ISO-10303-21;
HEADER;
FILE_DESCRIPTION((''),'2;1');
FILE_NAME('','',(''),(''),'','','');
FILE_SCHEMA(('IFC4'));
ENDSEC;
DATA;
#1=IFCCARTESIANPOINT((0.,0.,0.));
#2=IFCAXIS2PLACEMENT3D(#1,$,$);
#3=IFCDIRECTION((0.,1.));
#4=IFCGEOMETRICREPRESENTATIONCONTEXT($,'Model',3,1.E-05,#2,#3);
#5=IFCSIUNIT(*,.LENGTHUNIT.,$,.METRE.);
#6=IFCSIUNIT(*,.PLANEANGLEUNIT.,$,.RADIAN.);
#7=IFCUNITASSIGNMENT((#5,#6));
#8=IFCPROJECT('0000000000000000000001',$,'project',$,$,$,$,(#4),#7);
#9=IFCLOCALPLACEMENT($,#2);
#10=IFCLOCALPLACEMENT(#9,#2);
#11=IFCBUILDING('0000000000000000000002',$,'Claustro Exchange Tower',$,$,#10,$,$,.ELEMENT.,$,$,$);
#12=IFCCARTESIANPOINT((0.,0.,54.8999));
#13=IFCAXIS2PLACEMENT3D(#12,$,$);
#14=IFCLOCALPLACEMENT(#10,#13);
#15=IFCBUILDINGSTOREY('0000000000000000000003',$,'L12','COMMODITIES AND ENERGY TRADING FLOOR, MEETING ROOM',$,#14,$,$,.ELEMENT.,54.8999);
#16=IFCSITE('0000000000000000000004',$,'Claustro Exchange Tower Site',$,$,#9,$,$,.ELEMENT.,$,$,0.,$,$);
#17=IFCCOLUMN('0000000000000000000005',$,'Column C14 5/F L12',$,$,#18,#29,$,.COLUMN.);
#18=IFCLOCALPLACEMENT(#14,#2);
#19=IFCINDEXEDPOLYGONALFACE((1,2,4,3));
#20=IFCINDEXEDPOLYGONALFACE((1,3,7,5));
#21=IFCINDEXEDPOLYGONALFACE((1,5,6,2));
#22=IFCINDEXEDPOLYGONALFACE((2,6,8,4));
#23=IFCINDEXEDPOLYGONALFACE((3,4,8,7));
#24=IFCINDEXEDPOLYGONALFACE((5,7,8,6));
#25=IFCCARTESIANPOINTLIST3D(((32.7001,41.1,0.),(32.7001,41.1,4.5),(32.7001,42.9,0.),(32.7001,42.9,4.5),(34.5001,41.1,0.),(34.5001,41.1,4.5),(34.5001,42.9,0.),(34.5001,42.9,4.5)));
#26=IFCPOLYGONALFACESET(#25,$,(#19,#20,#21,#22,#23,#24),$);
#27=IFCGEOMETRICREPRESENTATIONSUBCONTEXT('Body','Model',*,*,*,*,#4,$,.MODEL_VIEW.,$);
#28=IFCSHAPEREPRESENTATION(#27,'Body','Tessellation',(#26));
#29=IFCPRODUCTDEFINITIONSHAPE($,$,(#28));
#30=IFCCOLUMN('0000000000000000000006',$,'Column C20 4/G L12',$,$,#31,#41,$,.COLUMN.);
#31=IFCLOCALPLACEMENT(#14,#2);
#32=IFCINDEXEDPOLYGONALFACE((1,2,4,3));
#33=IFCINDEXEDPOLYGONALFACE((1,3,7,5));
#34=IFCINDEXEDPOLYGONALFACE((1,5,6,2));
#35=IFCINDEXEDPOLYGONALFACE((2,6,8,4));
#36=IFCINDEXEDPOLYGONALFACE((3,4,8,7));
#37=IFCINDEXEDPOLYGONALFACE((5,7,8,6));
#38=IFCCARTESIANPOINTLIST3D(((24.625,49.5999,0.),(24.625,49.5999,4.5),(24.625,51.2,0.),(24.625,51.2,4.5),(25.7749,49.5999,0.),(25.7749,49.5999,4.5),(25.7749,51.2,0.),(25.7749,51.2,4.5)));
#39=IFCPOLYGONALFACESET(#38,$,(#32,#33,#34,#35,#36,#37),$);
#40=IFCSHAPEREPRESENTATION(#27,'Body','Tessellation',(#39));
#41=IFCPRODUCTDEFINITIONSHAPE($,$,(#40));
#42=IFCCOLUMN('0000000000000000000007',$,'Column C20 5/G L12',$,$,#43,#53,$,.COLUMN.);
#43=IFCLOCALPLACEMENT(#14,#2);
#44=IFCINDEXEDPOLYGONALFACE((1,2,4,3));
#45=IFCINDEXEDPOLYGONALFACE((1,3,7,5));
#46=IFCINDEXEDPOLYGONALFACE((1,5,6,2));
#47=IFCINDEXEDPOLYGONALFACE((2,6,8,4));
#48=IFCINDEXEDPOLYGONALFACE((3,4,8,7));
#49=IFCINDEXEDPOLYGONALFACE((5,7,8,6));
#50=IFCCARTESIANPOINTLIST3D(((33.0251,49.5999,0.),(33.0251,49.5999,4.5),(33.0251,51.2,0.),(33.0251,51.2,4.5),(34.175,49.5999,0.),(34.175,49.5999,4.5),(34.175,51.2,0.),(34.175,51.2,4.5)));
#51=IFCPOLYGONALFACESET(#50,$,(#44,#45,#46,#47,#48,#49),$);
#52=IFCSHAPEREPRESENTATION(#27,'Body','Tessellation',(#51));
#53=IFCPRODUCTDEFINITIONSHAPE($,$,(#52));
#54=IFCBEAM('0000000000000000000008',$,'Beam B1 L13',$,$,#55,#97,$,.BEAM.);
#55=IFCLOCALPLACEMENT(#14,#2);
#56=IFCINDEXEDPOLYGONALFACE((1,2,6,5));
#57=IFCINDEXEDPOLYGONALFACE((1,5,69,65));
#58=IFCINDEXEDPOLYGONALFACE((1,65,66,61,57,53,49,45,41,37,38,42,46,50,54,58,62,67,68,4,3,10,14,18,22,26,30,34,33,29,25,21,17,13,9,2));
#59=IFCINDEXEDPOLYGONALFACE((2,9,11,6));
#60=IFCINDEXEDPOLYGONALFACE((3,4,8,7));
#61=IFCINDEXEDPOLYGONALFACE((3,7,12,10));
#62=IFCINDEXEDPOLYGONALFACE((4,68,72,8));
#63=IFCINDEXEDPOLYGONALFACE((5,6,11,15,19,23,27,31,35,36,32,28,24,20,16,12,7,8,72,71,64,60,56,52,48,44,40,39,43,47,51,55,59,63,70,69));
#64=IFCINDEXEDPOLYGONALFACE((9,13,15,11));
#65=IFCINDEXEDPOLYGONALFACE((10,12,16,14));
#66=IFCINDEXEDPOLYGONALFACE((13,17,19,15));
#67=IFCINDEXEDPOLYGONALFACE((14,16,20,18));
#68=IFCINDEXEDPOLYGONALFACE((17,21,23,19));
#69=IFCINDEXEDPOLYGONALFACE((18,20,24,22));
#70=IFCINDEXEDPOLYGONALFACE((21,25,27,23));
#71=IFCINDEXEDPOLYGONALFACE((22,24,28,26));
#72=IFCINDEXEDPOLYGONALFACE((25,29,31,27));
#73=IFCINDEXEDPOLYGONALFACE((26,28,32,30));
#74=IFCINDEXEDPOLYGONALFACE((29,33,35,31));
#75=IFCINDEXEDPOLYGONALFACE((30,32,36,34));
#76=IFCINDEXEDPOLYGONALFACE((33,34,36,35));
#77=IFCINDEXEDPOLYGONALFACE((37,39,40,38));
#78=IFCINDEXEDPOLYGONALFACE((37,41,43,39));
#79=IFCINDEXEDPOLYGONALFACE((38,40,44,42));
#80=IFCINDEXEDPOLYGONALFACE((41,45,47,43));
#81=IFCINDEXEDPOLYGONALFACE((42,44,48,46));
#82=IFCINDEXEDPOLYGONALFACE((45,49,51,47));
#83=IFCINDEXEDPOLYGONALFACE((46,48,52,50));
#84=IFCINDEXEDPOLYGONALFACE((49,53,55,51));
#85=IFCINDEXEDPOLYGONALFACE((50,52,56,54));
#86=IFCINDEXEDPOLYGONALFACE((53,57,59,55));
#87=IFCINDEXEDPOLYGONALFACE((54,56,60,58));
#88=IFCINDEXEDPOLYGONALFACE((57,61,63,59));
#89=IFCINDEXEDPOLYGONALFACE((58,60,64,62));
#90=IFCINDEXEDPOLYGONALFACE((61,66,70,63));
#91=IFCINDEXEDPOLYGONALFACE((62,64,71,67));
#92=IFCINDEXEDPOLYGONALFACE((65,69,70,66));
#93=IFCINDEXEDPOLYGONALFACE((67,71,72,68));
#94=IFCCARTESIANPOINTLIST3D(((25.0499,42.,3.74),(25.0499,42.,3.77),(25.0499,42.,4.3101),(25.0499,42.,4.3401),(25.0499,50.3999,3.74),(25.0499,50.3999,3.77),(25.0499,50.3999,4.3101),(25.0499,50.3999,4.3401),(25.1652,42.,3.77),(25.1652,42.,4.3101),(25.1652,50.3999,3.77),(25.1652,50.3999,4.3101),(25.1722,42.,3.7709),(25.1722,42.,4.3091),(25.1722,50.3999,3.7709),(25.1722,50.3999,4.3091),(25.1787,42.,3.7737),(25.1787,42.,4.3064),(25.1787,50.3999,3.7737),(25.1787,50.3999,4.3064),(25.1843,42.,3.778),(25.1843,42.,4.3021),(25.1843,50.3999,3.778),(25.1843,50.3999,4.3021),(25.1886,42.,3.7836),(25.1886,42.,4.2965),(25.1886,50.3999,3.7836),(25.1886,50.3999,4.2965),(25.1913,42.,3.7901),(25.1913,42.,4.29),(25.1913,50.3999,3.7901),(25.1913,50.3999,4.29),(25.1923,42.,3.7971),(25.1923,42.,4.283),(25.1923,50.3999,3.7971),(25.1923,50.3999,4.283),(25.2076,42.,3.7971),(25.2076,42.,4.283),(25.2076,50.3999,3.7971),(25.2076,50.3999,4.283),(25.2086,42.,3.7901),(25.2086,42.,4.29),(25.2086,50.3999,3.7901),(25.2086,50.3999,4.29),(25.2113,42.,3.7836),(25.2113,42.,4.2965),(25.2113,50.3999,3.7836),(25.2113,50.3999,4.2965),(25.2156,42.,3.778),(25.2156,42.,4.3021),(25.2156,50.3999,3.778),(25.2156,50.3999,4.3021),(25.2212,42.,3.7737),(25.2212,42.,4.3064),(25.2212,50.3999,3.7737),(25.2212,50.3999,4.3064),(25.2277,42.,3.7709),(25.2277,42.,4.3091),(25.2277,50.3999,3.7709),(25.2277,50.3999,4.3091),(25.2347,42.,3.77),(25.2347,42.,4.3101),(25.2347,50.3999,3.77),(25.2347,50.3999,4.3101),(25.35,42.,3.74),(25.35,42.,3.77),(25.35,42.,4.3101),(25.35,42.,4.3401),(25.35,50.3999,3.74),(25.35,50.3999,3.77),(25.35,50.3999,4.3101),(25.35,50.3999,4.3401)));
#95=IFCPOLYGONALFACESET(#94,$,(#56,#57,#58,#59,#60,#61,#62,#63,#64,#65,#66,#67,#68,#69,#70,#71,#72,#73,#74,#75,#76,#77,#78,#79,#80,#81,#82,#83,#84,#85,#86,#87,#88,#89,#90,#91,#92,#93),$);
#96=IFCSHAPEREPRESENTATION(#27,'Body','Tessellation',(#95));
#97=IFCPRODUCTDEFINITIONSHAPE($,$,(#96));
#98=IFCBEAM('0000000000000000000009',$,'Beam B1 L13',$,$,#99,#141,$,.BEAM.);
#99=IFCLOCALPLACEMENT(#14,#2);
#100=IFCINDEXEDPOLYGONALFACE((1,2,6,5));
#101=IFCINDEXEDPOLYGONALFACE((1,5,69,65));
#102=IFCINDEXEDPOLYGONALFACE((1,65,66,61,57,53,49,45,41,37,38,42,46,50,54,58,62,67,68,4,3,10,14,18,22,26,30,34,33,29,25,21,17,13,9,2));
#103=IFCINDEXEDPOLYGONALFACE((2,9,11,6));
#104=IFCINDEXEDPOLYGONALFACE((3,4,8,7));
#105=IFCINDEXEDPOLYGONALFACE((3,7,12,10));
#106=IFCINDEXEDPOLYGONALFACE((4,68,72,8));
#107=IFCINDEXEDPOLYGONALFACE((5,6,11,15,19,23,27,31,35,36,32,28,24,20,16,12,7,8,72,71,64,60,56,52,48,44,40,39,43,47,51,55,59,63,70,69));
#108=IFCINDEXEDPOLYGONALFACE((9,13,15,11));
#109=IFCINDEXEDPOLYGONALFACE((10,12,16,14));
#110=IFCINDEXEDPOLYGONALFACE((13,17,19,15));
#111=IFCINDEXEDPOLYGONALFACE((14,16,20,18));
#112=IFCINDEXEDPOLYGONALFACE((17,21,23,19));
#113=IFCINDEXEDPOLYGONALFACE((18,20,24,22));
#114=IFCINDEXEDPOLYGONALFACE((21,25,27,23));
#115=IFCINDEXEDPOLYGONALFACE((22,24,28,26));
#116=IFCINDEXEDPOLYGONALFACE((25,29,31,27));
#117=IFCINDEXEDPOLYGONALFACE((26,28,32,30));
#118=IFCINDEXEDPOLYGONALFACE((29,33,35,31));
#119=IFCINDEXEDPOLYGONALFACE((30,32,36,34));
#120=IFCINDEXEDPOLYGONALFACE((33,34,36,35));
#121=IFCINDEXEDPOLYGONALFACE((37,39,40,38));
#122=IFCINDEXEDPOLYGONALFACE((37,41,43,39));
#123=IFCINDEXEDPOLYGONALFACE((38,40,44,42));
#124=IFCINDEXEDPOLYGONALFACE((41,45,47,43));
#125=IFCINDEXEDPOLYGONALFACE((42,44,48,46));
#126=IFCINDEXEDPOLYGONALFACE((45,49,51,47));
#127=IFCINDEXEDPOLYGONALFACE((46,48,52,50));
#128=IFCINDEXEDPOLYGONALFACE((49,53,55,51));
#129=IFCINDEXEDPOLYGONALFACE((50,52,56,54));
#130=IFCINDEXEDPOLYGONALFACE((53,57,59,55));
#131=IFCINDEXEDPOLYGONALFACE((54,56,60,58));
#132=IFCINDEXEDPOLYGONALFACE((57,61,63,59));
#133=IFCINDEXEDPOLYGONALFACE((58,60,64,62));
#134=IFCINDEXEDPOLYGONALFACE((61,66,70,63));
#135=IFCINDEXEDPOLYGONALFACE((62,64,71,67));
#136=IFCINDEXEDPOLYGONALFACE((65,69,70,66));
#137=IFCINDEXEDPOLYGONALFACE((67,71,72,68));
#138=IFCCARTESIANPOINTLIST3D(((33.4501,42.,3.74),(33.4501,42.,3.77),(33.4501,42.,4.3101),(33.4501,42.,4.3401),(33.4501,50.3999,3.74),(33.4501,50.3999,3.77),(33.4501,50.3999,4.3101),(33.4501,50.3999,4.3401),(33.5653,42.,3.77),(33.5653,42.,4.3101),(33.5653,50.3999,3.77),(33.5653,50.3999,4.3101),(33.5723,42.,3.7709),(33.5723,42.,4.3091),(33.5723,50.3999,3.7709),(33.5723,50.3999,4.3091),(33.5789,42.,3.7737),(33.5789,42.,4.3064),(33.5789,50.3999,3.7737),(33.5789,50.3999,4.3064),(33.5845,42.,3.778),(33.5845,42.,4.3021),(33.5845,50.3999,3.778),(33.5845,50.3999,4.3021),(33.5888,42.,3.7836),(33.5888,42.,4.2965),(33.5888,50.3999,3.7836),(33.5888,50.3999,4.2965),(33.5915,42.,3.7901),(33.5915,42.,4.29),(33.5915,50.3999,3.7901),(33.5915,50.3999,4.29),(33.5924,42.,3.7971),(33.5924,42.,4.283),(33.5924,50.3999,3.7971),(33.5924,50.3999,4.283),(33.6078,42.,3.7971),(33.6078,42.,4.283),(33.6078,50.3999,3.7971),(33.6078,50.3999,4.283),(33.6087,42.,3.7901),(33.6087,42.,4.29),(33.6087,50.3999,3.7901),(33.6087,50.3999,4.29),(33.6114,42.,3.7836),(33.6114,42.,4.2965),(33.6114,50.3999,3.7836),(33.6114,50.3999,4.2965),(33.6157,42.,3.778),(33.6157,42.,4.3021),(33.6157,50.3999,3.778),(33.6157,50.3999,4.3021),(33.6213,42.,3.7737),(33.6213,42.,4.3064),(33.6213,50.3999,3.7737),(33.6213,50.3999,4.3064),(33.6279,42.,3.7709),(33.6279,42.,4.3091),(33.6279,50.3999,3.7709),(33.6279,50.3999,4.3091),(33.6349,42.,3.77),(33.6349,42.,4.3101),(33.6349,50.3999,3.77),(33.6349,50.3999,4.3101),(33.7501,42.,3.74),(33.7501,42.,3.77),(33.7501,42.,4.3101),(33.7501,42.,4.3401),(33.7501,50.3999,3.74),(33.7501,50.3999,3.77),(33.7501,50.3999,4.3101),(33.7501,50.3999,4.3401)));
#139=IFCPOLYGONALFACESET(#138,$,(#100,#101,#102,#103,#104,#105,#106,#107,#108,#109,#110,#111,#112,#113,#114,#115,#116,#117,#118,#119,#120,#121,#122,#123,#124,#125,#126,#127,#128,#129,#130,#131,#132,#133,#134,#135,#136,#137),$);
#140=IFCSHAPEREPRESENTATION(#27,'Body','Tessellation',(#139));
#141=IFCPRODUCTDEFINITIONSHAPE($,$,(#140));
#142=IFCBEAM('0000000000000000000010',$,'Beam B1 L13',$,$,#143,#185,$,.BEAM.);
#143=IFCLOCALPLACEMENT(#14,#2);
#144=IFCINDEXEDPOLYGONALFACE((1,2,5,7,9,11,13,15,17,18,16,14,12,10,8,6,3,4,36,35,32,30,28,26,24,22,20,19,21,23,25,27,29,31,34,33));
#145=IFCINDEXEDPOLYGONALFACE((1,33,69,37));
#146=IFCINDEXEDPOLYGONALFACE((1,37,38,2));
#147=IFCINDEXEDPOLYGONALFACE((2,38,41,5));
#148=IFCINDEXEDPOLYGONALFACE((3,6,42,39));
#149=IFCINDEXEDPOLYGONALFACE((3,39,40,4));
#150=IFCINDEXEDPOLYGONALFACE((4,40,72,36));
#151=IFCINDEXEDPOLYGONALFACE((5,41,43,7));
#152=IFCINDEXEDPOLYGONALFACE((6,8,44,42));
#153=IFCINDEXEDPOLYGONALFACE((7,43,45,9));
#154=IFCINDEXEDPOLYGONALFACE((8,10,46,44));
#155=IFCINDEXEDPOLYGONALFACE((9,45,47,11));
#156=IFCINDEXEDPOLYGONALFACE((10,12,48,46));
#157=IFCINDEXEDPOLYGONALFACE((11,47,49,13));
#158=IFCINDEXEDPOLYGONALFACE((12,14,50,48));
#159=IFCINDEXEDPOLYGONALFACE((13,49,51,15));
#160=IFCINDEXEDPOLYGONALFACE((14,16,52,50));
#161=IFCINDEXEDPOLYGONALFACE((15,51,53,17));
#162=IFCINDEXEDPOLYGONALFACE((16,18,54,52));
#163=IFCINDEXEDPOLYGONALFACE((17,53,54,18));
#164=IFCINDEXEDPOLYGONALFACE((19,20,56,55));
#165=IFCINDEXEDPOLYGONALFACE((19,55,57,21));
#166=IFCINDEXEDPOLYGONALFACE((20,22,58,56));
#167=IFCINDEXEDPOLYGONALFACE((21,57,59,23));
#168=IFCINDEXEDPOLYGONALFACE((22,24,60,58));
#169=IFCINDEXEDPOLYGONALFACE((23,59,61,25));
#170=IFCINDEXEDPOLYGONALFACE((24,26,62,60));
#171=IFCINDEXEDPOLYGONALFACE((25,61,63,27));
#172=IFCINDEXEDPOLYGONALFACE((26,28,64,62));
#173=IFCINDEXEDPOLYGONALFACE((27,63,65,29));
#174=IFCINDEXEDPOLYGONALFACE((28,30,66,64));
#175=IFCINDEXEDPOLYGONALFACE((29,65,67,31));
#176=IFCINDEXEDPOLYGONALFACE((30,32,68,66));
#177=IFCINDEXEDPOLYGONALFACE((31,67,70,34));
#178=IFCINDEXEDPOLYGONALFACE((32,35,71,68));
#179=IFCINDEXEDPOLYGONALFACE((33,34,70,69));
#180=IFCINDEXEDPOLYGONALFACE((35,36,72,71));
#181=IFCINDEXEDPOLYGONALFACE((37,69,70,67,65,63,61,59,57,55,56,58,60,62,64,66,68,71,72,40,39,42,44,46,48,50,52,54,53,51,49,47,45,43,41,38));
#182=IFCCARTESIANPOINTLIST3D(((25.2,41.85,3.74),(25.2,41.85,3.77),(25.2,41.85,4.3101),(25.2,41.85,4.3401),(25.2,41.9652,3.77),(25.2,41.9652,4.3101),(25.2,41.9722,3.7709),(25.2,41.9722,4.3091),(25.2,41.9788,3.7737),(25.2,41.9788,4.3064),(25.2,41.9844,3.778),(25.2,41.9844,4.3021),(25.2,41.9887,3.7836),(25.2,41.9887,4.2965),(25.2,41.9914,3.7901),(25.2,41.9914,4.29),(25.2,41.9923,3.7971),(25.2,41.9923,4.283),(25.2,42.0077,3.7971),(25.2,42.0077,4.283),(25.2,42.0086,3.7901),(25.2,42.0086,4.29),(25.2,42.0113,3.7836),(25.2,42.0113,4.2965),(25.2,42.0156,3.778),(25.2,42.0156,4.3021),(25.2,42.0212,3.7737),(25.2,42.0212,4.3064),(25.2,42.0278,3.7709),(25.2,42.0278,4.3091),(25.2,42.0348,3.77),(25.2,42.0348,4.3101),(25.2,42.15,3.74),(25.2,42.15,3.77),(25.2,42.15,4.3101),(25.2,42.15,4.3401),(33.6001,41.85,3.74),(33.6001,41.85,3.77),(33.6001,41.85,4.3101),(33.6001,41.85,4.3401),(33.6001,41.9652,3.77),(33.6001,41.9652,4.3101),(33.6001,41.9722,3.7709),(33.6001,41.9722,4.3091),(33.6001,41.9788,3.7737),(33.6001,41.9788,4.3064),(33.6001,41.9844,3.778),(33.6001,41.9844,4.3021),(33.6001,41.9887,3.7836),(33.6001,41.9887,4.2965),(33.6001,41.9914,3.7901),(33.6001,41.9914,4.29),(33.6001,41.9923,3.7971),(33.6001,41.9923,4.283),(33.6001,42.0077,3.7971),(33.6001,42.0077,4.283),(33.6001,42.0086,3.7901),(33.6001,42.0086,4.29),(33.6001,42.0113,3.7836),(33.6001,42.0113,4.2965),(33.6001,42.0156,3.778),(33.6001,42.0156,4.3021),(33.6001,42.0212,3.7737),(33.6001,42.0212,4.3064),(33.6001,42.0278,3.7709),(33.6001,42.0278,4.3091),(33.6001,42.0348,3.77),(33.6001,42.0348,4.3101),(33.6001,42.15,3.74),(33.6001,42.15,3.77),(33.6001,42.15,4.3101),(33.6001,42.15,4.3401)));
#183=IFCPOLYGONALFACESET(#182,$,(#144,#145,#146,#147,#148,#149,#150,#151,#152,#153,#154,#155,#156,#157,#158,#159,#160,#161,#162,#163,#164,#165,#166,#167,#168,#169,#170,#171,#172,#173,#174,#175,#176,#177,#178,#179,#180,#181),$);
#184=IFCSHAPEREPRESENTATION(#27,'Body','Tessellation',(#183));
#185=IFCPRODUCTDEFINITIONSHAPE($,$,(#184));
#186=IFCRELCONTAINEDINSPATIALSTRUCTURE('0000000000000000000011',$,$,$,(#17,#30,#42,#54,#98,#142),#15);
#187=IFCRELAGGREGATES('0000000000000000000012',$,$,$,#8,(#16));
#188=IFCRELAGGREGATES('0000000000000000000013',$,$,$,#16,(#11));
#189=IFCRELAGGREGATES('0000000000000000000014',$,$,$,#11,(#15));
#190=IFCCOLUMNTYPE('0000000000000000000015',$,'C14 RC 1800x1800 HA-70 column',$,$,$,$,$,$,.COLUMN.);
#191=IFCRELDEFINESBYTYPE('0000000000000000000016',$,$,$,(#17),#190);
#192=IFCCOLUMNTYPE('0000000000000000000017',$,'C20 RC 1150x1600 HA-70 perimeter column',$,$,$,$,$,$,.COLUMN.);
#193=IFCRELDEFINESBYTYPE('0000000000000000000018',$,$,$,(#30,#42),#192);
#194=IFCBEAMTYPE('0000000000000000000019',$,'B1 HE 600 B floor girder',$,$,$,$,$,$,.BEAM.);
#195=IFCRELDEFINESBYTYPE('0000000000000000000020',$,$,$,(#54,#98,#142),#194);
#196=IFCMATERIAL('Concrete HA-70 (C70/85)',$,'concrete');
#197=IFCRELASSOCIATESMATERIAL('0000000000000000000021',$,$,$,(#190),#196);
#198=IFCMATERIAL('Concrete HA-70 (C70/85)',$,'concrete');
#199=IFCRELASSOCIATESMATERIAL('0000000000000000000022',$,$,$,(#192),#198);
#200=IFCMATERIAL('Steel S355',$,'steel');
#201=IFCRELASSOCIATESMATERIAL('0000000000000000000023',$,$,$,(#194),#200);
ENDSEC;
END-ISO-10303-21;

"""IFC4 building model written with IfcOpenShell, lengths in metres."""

from ifc_helpers import new_model, si_unit, direction, frame, origin, origin_2d, place, context, subcontext, project, spatial, rectangle, i_section, extrude, material, material_profile, profile_set, type_object, element, save


model = new_model("IFC4")

# Units and contexts
model_context = context("Model", 3, precision=1e-05, world=origin(), true_north=direction((0.0, 1.0)))
body_context = subcontext(model_context, "Body", "Model", "MODEL_VIEW")
ifc_project = project(units=[si_unit("LENGTHUNIT", "METRE"), si_unit("PLANEANGLEUNIT", "RADIAN")], contexts=[model_context])

# Site, building, storey
site_placement = place(None, origin())
site = spatial("IfcSite", under=ifc_project, at=site_placement, Name="Claustro Exchange Tower Site", CompositionType="ELEMENT", RefElevation=0.0)
building_placement = place(site_placement, origin())
building = spatial("IfcBuilding", under=site, at=building_placement, Name="Claustro Exchange Tower", CompositionType="ELEMENT")
storey_placement = place(building_placement, frame((0.0, 0.0, 54.8999)))
storey = spatial("IfcBuildingStorey", under=building, at=storey_placement, Name="L12", Description="COMMODITIES AND ENERGY TRADING FLOOR, MEETING ROOM", CompositionType="ELEMENT", Elevation=54.8999)

# Columns
ifc_material_1 = material(Name="Concrete HA-70 (C70/85)", Category="concrete")
ifc_material_profile_1 = material_profile(ifc_material_1, rectangle(XDim=1.8, YDim=1.8, at=origin_2d()), Name="RC 1800x1800")
ifc_profile_set_1 = profile_set([ifc_material_profile_1], Name="Concrete HA-70 (C70/85)")
column_type_1 = type_object("IfcColumnType", Name="C14 RC 1800x1800 HA-70 column", PredefinedType="COLUMN", material=ifc_profile_set_1)
column_placement = place(storey_placement, frame((33.6001, 42.0, 0.0), z_axis=(0.0, 0.0, 1.0), x_axis=(1.0, 0.0, 0.0)))
element("IfcColumn", 1, at=column_placement, inside=storey, type_object=column_type_1, Name="Column C14 5/F L12", PredefinedType="COLUMN", context=body_context, shape_type="SweptSolid", body=[
    extrude(rectangle(XDim=1.8, YDim=1.8, at=origin_2d()), origin(), (0.0, 0.0, 1.0), 4.5),
])
ifc_material_2 = material(Name="Concrete HA-70 (C70/85)", Category="concrete")
ifc_material_profile_2 = material_profile(ifc_material_2, rectangle(XDim=1.1499, YDim=1.6001, at=origin_2d()), Name="RC 1150x1600")
ifc_profile_set_2 = profile_set([ifc_material_profile_2], Name="Concrete HA-70 (C70/85)")
column_type_2 = type_object("IfcColumnType", Name="C20 RC 1150x1600 HA-70 perimeter column", PredefinedType="COLUMN", material=ifc_profile_set_2)
for number, where, z_axis, x_axis, name in (
    (2, (25.2, 50.3999, 0.0), (0.0, 0.0, 1.0), (1.0, 0.0, 0.0), "Column C20 4/G L12"),
    (3, (33.6001, 50.3999, 0.0), (0.0, 0.0, 1.0), (1.0, 0.0, 0.0), "Column C20 5/G L12"),
):
    element("IfcColumn", number, at=place(storey_placement, frame(where, z_axis=z_axis, x_axis=x_axis)), inside=storey, type_object=column_type_2, Name=name, PredefinedType="COLUMN", context=body_context, shape_type="SweptSolid", body=[
        extrude(rectangle(XDim=1.1499, YDim=1.6001, at=origin_2d()), origin(), (0.0, 0.0, 1.0), 4.5),
    ])

# Beams
ifc_material_3 = material(Name="Steel S355", Category="steel")
ifc_material_profile_3 = material_profile(ifc_material_3, i_section(OverallWidth=0.3, OverallDepth=0.6001, WebThickness=0.0154, FlangeThickness=0.03, FilletRadius=0.0271, at=origin_2d()), Name="HE 600 B")
ifc_profile_set_3 = profile_set([ifc_material_profile_3], Name="Steel S355")
beam_type_1 = type_object("IfcBeamType", Name="B1 HE 600 B floor girder", PredefinedType="BEAM", material=ifc_profile_set_3)
for number, where, z_axis, x_axis, name in (
    (4, (25.2, 42.0, 4.04), (0.0, 1.0, 0.0), (-1.0, 0.0, 0.0), "Beam B1 L13"),
    (5, (33.6001, 42.0, 4.04), (0.0, 1.0, 0.0), (-1.0, 0.0, 0.0), "Beam B1 L13"),
):
    element("IfcBeam", number, at=place(storey_placement, frame(where, z_axis=z_axis, x_axis=x_axis)), inside=storey, type_object=beam_type_1, Name=name, PredefinedType="BEAM", context=body_context, shape_type="SweptSolid", body=[
        extrude(i_section(OverallWidth=0.3, OverallDepth=0.6001, WebThickness=0.0154, FlangeThickness=0.03, FilletRadius=0.0271, at=origin_2d()), origin(), (0.0, 0.0, 1.0), 8.3999),
    ])
beam_1_placement = place(storey_placement, frame((25.2, 42.0, 4.04), z_axis=(1.0, 0.0, 0.0), x_axis=(0.0, 1.0, 0.0)))
element("IfcBeam", 6, at=beam_1_placement, inside=storey, type_object=beam_type_1, Name="Beam B1 L13", PredefinedType="BEAM", context=body_context, shape_type="SweptSolid", body=[
    extrude(i_section(OverallWidth=0.3, OverallDepth=0.6001, WebThickness=0.0154, FlangeThickness=0.03, FilletRadius=0.0271, at=origin_2d()), origin(), (0.0, 0.0, 1.0), 8.4001),
])

save(model, "model.ifc")
